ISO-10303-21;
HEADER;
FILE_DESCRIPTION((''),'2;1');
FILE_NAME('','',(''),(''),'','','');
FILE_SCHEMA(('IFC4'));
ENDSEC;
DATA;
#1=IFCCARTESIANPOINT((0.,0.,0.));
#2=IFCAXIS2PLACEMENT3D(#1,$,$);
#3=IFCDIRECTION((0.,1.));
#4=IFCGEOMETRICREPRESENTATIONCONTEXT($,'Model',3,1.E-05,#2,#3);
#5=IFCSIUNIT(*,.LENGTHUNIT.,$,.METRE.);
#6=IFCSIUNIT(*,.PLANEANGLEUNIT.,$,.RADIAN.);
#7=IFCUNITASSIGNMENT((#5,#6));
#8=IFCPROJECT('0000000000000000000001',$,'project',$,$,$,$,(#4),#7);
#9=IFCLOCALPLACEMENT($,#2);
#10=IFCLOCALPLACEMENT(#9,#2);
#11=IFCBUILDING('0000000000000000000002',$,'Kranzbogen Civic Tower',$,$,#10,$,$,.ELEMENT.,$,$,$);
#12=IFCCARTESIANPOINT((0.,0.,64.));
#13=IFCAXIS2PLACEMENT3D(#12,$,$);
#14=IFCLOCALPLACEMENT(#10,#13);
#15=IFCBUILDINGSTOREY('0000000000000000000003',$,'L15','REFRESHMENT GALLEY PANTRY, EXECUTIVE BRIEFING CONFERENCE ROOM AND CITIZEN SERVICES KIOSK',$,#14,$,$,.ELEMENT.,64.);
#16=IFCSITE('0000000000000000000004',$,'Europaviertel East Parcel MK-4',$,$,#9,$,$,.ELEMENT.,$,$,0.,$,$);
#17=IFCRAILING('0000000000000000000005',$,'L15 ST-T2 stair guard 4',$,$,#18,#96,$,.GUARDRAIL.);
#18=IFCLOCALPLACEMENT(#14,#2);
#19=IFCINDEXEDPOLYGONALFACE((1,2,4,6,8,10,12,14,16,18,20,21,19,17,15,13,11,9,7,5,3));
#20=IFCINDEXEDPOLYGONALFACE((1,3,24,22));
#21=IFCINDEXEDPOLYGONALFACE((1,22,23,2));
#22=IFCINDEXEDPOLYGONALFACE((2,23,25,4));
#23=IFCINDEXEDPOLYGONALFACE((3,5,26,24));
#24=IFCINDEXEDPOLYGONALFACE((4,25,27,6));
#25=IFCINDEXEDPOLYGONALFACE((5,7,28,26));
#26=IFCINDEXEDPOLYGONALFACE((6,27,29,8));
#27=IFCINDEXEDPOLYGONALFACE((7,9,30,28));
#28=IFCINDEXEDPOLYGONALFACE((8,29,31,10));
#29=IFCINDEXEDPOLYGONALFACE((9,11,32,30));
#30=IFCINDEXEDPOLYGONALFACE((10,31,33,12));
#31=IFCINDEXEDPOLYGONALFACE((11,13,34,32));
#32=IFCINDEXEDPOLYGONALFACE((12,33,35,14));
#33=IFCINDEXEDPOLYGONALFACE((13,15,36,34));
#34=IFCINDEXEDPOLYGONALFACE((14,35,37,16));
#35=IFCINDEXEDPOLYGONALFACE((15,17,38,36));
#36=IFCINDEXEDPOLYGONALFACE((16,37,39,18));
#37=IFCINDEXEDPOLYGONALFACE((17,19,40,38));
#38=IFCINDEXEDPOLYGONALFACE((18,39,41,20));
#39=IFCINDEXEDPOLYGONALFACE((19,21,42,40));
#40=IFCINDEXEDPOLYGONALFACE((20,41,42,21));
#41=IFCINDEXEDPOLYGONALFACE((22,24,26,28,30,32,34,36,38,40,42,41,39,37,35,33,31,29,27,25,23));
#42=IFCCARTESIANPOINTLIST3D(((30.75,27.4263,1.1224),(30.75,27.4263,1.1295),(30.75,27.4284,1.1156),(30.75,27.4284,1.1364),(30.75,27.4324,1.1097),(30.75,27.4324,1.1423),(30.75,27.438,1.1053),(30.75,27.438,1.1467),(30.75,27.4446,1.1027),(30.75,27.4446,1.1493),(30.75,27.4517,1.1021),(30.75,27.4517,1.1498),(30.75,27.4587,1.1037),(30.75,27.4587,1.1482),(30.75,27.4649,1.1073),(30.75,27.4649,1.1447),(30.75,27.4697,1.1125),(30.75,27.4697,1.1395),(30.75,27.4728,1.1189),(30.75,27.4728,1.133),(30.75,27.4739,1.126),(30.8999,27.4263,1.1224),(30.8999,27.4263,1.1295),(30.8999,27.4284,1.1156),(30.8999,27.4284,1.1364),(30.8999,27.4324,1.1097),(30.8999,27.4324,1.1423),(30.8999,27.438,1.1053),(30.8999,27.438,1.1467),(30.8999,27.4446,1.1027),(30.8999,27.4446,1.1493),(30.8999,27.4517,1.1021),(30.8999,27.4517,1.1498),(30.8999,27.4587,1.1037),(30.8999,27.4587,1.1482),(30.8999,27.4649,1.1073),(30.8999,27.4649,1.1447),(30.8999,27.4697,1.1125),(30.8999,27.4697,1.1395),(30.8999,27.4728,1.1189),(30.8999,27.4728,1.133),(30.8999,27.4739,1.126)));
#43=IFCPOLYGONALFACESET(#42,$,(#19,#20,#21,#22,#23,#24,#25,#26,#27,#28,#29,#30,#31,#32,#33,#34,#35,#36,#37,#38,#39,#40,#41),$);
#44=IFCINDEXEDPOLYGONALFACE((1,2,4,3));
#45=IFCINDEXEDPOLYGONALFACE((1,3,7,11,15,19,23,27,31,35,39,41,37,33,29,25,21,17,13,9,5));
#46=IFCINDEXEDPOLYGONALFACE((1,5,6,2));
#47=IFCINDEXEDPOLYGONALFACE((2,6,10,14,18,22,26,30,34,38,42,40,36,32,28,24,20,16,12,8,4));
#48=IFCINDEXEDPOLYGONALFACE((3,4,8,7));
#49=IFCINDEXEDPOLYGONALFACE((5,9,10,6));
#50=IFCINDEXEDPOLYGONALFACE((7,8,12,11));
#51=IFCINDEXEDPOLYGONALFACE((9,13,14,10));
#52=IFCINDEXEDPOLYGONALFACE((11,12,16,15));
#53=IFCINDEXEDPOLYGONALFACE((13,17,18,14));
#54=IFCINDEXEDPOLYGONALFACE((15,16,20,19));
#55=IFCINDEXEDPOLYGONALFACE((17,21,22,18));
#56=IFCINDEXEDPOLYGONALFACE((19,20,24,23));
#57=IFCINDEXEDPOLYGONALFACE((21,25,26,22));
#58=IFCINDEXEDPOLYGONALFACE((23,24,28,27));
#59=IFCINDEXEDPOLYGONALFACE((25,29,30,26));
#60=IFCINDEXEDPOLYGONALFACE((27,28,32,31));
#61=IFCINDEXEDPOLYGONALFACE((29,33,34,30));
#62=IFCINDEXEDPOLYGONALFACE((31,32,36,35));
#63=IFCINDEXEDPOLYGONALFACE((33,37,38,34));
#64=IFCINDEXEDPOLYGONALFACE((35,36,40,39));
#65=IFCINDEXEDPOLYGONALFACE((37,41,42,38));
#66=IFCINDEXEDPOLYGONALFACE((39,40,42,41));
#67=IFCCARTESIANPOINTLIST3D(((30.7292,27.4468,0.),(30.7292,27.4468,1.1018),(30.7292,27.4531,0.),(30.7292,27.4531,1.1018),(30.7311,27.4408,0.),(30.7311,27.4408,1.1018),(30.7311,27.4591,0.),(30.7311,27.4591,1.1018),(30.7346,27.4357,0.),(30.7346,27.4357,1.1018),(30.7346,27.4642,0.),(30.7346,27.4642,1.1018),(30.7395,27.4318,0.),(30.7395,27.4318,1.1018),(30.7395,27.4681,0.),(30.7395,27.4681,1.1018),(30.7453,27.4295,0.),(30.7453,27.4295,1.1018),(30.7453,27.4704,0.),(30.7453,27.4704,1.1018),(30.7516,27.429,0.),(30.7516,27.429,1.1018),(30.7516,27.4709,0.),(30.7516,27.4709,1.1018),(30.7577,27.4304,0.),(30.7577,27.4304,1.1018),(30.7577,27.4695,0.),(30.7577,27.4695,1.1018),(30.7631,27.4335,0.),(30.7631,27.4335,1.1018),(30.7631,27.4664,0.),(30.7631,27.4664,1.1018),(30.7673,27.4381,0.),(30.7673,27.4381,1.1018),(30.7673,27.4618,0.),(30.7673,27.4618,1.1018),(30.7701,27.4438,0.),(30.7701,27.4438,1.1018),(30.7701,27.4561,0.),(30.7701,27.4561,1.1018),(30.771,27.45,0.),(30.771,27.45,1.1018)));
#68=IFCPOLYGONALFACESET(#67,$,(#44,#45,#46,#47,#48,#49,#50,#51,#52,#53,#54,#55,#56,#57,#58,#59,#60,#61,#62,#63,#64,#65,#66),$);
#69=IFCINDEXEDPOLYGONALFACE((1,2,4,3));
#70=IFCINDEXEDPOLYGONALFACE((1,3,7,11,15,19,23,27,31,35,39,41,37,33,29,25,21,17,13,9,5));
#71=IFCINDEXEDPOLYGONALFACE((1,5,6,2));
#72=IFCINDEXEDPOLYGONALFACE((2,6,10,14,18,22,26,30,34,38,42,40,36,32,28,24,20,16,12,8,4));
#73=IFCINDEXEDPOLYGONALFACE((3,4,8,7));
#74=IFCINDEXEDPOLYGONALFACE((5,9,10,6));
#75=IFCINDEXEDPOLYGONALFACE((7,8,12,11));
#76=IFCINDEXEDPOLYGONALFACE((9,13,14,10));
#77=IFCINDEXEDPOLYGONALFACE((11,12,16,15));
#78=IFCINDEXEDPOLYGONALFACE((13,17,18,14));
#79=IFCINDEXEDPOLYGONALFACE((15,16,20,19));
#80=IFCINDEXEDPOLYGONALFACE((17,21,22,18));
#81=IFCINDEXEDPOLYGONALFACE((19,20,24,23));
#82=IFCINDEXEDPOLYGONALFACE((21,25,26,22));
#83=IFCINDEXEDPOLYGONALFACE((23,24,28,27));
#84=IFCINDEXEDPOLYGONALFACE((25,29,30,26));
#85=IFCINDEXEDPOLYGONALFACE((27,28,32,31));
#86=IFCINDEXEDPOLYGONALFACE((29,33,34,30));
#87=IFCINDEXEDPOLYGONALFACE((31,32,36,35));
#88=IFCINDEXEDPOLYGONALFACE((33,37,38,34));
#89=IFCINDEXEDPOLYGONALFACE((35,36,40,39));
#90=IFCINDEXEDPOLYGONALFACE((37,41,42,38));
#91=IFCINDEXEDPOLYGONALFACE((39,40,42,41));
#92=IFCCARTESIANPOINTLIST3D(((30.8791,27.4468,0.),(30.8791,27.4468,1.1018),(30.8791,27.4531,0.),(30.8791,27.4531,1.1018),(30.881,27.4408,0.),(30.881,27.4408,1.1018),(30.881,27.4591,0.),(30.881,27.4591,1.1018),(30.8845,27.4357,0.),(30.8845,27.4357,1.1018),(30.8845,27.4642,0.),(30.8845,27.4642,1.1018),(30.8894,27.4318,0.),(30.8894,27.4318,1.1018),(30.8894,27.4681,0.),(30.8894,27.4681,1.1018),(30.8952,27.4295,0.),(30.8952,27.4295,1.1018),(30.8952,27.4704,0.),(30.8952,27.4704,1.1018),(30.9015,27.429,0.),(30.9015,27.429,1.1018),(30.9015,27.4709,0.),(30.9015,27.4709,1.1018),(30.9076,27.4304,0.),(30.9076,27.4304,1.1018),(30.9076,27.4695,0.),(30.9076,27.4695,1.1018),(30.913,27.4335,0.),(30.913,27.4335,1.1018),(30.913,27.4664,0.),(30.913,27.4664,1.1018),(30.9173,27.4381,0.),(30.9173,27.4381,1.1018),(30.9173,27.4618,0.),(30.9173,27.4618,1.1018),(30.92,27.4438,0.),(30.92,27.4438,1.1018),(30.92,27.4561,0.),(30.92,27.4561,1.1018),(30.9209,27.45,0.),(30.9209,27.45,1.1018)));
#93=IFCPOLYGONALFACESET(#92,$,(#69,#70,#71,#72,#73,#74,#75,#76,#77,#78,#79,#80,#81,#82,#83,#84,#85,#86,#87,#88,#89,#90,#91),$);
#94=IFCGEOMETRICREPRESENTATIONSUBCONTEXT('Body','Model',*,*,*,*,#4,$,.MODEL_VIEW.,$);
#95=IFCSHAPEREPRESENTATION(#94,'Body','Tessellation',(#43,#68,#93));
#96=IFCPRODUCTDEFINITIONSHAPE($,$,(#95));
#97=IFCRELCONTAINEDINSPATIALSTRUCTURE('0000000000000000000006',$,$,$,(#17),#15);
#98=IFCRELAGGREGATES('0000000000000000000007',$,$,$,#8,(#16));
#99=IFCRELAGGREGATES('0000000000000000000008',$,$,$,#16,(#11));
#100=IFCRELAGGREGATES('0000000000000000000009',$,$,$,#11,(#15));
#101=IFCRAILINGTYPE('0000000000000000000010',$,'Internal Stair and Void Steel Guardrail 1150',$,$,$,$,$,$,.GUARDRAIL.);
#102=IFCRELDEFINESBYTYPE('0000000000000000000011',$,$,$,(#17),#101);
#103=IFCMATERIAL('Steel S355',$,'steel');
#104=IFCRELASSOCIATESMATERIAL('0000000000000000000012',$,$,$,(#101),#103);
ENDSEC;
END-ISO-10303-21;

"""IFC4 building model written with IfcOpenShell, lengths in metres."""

from ifc_helpers import new_model, si_unit, direction, frame, origin, origin_2d, place, context, subcontext, project, spatial, circle, extrude, material, type_object, element, save


model = new_model("IFC4")

# Units and contexts
model_context = context("Model", 3, precision=1e-05, world=origin(), true_north=direction((0.0, 1.0)))
body_context = subcontext(model_context, "Body", "Model", "MODEL_VIEW")
ifc_project = project(units=[si_unit("LENGTHUNIT", "METRE"), si_unit("PLANEANGLEUNIT", "RADIAN")], contexts=[model_context])

# Site, building, storey
site_placement = place(None, origin())
site = spatial("IfcSite", under=ifc_project, at=site_placement, Name="Europaviertel East Parcel MK-4", CompositionType="ELEMENT", RefElevation=0.0)
building_placement = place(site_placement, origin())
building = spatial("IfcBuilding", under=site, at=building_placement, Name="Kranzbogen Civic Tower", CompositionType="ELEMENT")
storey_placement = place(building_placement, frame((0.0, 0.0, 64.0)))
storey = spatial("IfcBuildingStorey", under=building, at=storey_placement, Name="L15", Description="REFRESHMENT GALLEY PANTRY, EXECUTIVE BRIEFING CONFERENCE ROOM AND CITIZEN SERVICES KIOSK", CompositionType="ELEMENT", Elevation=64.0)

# Shared definitions
ifc_material_1 = material(Name="Steel S355", Category="steel")

# Railing
railing_type_1 = type_object("IfcRailingType", Name="Internal Stair and Void Steel Guardrail 1150", PredefinedType="GUARDRAIL", material=ifc_material_1)
railing_1_placement = place(storey_placement, frame((30.75, 27.45, 0.0)))
element("IfcRailing", 1, at=railing_1_placement, inside=storey, type_object=railing_type_1, Name="L15 ST-T2 stair guard 4", PredefinedType="GUARDRAIL", context=body_context, shape_type="SweptSolid", body=[
    extrude(circle(Radius=0.0239, at=origin_2d()), frame((0.0, 0.0, 1.126), z_axis=(1.0, 0.0, 0.0), x_axis=(0.0, 1.0, 0.0)), (0.0, 0.0, 1.0), 0.1499),
    extrude(circle(Radius=0.021, at=origin_2d()), origin(), (0.0, 0.0, 1.0), 1.1018),
    extrude(circle(Radius=0.021, at=origin_2d()), frame((0.1499, 0.0, 0.0)), (0.0, 0.0, 1.0), 1.1018),
])

save(model, "model.ifc")
